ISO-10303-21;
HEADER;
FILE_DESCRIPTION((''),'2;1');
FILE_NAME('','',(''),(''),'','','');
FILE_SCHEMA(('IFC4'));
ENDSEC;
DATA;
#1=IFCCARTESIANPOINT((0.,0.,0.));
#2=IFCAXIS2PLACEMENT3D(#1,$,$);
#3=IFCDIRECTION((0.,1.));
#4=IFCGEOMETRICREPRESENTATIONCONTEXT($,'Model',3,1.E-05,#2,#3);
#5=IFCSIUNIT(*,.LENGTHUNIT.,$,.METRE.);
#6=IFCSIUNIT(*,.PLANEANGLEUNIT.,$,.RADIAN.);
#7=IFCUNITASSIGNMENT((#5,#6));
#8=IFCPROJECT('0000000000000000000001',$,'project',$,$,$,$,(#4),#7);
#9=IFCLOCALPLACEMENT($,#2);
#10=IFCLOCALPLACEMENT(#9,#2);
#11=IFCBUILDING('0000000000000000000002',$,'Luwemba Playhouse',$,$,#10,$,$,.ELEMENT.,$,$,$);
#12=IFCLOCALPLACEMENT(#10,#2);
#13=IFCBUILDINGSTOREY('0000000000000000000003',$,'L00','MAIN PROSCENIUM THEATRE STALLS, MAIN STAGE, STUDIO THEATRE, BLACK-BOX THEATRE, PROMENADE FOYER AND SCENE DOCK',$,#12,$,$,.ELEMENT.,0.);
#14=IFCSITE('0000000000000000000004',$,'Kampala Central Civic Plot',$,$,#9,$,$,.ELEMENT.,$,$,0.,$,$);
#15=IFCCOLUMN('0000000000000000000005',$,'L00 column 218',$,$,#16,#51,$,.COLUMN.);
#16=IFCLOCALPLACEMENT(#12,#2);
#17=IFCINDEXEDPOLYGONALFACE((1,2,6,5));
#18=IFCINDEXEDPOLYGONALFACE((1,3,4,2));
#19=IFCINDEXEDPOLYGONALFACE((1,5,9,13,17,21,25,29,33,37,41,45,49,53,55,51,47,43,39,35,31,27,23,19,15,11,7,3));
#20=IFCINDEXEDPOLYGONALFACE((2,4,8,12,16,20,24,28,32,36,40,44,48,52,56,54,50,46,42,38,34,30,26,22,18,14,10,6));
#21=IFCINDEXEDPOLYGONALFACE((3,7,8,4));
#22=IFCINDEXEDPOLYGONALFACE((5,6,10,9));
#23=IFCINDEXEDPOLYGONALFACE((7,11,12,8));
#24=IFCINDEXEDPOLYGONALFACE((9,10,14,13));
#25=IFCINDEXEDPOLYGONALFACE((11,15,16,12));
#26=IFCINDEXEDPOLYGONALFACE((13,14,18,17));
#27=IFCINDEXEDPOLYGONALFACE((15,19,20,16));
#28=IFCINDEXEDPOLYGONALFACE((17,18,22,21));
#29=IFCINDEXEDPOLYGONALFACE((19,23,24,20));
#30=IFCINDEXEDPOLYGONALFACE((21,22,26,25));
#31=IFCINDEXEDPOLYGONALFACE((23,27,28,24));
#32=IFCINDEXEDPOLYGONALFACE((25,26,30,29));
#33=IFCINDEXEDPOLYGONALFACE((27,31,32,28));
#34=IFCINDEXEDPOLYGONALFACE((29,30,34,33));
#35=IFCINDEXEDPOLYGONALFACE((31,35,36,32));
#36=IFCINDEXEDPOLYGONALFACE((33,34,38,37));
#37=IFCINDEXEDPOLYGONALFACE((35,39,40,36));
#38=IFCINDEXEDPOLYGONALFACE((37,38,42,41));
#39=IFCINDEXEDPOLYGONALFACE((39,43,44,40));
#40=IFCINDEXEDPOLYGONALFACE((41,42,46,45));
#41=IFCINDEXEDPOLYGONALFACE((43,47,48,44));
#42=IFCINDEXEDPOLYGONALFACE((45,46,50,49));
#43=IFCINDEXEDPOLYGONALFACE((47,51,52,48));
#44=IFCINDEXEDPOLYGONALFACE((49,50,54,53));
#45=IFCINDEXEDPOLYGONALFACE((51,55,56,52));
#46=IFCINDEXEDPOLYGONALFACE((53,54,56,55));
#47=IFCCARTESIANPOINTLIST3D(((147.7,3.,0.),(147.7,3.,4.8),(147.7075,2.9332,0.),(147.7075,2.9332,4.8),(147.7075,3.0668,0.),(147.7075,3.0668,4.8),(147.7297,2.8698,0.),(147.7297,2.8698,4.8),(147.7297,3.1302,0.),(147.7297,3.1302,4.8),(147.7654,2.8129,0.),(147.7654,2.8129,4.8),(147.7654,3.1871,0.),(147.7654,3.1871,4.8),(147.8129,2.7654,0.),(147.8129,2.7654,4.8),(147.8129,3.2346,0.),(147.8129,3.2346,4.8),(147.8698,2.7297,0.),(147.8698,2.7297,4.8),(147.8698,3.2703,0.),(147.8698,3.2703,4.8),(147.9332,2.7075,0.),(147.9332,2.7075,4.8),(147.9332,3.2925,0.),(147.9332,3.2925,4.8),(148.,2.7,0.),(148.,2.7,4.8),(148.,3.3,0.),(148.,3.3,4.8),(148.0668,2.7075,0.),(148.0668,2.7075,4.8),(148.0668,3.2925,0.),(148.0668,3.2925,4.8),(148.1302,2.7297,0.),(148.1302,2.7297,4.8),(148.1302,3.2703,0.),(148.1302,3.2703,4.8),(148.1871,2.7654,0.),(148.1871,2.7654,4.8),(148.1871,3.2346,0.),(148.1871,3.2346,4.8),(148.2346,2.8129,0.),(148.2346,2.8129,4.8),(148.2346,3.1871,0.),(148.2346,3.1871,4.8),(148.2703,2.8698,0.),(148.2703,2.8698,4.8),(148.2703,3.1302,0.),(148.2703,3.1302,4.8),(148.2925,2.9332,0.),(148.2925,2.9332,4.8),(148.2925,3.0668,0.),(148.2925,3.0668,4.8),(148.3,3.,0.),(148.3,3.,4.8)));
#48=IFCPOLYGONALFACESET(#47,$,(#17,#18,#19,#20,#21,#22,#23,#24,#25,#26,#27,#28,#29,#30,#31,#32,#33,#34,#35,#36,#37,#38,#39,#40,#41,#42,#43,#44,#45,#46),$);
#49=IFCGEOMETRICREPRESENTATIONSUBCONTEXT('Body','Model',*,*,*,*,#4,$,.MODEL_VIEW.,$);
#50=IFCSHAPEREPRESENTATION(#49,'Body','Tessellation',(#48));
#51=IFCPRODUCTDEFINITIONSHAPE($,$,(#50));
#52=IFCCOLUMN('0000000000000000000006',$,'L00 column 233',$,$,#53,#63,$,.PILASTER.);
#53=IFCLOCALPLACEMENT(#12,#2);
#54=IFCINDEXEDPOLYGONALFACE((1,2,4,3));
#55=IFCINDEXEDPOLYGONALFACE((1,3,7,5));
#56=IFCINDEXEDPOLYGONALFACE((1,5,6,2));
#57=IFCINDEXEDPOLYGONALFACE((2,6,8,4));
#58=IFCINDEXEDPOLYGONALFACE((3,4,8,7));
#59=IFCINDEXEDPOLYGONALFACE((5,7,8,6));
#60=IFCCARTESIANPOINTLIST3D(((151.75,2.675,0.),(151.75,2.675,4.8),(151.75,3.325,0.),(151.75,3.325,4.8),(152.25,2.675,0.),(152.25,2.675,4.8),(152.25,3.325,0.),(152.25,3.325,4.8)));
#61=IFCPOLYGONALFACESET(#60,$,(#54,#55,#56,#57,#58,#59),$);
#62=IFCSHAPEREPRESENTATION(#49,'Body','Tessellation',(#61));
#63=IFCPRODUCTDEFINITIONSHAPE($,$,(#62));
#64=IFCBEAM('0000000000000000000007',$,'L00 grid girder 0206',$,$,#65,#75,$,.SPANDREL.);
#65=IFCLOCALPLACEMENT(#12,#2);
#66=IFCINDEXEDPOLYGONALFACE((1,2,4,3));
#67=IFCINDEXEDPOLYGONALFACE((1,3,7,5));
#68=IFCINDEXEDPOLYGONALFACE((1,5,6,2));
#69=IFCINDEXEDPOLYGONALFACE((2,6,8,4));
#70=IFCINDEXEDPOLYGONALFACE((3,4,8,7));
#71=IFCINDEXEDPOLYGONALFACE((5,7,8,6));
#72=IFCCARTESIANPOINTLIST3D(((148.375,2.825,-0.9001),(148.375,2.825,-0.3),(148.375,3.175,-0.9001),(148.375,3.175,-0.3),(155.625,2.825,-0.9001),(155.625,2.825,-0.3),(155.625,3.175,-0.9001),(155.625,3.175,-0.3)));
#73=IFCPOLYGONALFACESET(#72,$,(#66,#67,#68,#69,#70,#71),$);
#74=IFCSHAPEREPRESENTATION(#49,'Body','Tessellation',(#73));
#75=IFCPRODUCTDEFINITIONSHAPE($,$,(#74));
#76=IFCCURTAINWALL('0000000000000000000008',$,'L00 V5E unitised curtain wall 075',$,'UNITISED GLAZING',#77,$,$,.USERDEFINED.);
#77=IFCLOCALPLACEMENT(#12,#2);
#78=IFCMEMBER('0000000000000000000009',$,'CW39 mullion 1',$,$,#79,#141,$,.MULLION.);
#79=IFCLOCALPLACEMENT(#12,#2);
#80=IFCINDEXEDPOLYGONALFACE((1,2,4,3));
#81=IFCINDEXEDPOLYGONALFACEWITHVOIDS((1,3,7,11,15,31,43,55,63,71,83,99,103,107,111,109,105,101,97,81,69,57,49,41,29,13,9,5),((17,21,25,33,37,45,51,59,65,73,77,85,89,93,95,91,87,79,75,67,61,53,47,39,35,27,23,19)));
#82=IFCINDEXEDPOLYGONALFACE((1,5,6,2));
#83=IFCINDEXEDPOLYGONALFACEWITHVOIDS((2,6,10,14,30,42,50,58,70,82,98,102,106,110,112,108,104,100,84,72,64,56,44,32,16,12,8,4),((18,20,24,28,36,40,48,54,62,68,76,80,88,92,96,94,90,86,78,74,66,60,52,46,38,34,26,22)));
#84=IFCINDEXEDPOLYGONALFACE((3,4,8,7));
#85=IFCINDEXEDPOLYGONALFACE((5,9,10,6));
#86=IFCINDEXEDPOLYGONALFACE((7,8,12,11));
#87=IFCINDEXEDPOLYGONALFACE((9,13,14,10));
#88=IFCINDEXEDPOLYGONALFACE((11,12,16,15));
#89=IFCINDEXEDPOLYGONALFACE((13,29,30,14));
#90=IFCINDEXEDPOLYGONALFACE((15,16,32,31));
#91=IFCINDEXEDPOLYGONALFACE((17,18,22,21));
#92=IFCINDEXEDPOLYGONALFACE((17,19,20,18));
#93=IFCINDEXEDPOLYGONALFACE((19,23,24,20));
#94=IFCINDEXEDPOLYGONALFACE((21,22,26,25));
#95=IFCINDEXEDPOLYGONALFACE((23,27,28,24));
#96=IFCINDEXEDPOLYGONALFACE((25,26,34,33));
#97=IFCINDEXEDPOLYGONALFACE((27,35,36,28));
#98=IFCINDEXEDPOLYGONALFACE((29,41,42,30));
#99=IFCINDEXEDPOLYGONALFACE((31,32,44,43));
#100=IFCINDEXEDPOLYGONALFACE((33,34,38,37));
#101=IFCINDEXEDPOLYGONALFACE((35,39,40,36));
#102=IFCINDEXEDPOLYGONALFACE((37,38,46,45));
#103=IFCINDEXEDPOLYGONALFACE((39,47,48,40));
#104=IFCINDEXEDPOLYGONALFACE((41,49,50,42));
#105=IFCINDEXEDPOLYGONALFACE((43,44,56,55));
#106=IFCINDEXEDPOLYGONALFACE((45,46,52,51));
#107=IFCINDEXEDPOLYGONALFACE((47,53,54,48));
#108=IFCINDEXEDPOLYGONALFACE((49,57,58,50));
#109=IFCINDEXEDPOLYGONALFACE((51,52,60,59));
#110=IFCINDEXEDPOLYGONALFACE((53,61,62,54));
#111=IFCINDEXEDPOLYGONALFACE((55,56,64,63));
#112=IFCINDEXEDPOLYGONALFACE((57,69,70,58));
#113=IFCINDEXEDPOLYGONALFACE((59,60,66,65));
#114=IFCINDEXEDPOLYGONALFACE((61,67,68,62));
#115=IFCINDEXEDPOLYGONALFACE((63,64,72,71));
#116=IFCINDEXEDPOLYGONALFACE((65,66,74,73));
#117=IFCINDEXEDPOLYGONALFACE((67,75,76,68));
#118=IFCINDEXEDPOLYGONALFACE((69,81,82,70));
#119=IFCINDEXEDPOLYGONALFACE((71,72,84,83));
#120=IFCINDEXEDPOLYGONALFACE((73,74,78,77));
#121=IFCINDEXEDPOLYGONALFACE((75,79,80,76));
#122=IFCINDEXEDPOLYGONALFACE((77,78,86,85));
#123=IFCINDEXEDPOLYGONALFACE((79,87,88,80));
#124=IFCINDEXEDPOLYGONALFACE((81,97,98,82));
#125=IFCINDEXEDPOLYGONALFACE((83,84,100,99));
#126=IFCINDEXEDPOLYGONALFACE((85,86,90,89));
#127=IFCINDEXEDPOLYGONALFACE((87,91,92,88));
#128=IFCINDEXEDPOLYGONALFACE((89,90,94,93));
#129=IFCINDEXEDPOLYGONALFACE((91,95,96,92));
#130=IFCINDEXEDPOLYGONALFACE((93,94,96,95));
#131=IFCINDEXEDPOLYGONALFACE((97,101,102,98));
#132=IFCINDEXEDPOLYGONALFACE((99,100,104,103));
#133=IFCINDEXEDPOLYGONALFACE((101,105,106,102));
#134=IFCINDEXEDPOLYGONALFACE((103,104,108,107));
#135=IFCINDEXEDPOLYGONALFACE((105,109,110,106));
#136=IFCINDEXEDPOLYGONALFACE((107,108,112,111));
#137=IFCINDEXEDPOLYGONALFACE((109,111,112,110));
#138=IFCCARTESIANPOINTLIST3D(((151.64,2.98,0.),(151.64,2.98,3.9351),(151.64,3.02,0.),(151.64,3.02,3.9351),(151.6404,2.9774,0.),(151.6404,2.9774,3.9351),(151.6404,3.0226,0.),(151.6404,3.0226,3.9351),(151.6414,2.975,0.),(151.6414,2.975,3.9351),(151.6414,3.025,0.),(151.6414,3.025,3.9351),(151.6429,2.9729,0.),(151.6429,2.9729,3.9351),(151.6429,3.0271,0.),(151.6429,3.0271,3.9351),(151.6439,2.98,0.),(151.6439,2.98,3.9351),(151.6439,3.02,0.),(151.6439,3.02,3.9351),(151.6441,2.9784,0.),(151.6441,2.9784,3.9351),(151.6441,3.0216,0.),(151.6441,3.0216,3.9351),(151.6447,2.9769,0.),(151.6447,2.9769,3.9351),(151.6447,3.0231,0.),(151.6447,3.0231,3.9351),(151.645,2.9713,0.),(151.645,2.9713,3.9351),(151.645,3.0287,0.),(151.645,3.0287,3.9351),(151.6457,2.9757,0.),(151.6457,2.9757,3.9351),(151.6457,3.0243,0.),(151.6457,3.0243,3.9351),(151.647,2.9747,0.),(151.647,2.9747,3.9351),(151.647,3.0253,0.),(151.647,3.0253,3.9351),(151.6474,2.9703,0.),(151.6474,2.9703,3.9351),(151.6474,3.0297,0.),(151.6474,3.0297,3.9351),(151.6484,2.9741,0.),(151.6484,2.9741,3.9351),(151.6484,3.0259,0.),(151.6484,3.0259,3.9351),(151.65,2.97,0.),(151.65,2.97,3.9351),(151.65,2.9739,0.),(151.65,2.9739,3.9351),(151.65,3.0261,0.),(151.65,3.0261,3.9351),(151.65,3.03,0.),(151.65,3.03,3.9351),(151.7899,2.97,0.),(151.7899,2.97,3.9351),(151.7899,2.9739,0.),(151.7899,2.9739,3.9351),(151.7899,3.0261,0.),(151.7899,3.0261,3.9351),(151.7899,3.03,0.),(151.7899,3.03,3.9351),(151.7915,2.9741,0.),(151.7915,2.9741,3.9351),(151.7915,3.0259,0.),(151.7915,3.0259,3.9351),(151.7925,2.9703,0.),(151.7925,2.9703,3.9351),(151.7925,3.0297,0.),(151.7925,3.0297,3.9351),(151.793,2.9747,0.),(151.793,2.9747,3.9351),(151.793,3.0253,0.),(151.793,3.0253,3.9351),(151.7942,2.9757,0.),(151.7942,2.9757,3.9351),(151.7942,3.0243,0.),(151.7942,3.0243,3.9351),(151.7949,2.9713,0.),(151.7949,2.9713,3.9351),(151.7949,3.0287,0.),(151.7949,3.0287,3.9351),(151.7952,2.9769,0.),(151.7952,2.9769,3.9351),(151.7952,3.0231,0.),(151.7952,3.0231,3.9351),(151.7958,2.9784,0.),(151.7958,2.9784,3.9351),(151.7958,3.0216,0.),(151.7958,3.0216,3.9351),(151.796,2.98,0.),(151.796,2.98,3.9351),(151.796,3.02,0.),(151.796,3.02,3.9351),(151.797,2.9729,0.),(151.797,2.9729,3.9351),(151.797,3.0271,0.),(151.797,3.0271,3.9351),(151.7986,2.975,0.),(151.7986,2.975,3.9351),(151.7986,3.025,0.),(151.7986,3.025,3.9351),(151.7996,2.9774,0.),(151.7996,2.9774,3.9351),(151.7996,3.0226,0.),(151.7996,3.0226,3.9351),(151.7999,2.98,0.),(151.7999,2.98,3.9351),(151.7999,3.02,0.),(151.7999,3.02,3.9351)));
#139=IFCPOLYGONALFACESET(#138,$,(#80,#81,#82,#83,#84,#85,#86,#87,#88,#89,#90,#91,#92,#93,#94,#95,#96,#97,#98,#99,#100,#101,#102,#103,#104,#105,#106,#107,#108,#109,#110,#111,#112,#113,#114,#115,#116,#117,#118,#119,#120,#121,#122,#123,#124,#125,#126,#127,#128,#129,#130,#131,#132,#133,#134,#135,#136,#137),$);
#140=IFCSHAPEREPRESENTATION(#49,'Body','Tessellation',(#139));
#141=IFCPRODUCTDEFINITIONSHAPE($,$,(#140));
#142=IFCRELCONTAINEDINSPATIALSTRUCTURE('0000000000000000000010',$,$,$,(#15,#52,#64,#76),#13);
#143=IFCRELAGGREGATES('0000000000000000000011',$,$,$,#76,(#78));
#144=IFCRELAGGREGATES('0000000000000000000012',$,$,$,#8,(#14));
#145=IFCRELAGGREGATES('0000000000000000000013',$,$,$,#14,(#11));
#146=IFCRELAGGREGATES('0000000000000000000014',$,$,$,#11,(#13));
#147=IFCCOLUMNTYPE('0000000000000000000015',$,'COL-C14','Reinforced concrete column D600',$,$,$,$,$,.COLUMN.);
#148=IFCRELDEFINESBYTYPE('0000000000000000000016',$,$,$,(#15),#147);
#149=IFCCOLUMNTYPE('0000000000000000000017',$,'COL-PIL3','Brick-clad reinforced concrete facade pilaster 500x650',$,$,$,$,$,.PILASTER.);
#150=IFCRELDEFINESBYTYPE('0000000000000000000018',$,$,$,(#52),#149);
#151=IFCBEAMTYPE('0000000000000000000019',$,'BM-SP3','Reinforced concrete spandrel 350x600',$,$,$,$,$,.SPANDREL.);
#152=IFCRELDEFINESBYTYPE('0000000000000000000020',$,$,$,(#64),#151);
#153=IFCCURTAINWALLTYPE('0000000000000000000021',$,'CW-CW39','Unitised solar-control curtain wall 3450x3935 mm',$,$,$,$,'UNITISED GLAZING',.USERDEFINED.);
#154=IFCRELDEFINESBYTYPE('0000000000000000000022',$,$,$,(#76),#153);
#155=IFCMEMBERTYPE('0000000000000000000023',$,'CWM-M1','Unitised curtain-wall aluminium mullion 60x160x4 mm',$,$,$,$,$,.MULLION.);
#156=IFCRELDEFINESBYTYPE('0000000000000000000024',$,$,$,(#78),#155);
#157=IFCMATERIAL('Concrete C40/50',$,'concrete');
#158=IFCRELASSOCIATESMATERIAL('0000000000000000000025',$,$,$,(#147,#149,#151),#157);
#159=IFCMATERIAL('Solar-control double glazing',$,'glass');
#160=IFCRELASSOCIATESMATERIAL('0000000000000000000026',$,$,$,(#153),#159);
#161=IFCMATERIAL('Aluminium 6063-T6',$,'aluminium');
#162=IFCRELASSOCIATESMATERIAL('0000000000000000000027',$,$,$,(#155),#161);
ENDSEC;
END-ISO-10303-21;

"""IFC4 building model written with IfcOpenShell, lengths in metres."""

from ifc_helpers import new_model, si_unit, direction, frame, origin, origin_2d, place, context, subcontext, project, spatial, rectangle, hollow_rectangle, circle, extrude, material, material_profile, profile_set, type_object, element, aggregate, save


model = new_model("IFC4")

# Units and contexts
model_context = context("Model", 3, precision=1e-05, world=origin(), true_north=direction((0.0, 1.0)))
body_context = subcontext(model_context, "Body", "Model", "MODEL_VIEW")
ifc_project = project(units=[si_unit("LENGTHUNIT", "METRE"), si_unit("PLANEANGLEUNIT", "RADIAN")], contexts=[model_context])

# Site, building, storey
site_placement = place(None, origin())
site = spatial("IfcSite", under=ifc_project, at=site_placement, Name="Kampala Central Civic Plot", CompositionType="ELEMENT", RefElevation=0.0)
building_placement = place(site_placement, origin())
building = spatial("IfcBuilding", under=site, at=building_placement, Name="Luwemba Playhouse", CompositionType="ELEMENT")
storey_placement = place(building_placement, origin())
storey = spatial("IfcBuildingStorey", under=building, at=storey_placement, Name="L00", Description="MAIN PROSCENIUM THEATRE STALLS, MAIN STAGE, STUDIO THEATRE, BLACK-BOX THEATRE, PROMENADE FOYER AND SCENE DOCK", CompositionType="ELEMENT", Elevation=0.0)

# Columns
ifc_material_1 = material(Name="Concrete C40/50", Category="concrete")
ifc_material_profile_1 = material_profile(ifc_material_1, circle(Radius=0.3, at=origin_2d()))
ifc_profile_set_1 = profile_set([ifc_material_profile_1], Name="Concrete C40/50")
column_type_1 = type_object("IfcColumnType", Name="COL-C14", Description="Reinforced concrete column D600", PredefinedType="COLUMN", material=ifc_profile_set_1)
column_1_placement = place(storey_placement, frame((148.0, 3.0, 0.0), z_axis=(0.0, 0.0, 1.0), x_axis=(1.0, 0.0, 0.0)))
element("IfcColumn", 1, at=column_1_placement, inside=storey, type_object=column_type_1, Name="L00 column 218", PredefinedType="COLUMN", context=body_context, shape_type="SweptSolid", body=[
    extrude(circle(Radius=0.3, at=origin_2d()), origin(), (0.0, 0.0, 1.0), 4.8),
])
ifc_material_profile_2 = material_profile(ifc_material_1, rectangle(XDim=0.5, YDim=0.6499, at=origin_2d()))
ifc_profile_set_2 = profile_set([ifc_material_profile_2], Name="Concrete C40/50")
column_type_2 = type_object("IfcColumnType", Name="COL-PIL3", Description="Brick-clad reinforced concrete facade pilaster 500x650", PredefinedType="PILASTER", material=ifc_profile_set_2)
column_2_placement = place(storey_placement, frame((152.0, 3.0, 0.0), z_axis=(0.0, 0.0, 1.0), x_axis=(1.0, 0.0, 0.0)))
element("IfcColumn", 2, at=column_2_placement, inside=storey, type_object=column_type_2, Name="L00 column 233", PredefinedType="PILASTER", context=body_context, shape_type="SweptSolid", body=[
    extrude(rectangle(XDim=0.5, YDim=0.6499, at=origin_2d()), origin(), (0.0, 0.0, 1.0), 4.8),
])

# Beam
ifc_material_profile_3 = material_profile(ifc_material_1, rectangle(XDim=0.3501, YDim=0.6001, at=origin_2d()))
ifc_profile_set_3 = profile_set([ifc_material_profile_3], Name="Concrete C40/50")
beam_type = type_object("IfcBeamType", Name="BM-SP3", Description="Reinforced concrete spandrel 350x600", PredefinedType="SPANDREL", material=ifc_profile_set_3)
beam_placement = place(storey_placement, frame((148.375, 3.0, -0.6001), z_axis=(1.0, 0.0, 0.0), x_axis=(0.0, 1.0, 0.0)))
element("IfcBeam", 3, at=beam_placement, inside=storey, type_object=beam_type, Name="L00 grid girder 0206", PredefinedType="SPANDREL", context=body_context, shape_type="SweptSolid", body=[
    extrude(rectangle(XDim=0.3501, YDim=0.6001, at=origin_2d()), origin(), (0.0, 0.0, 1.0), 7.25),
])

# Curtain wall, member
ifc_material_2 = material(Name="Solar-control double glazing", Category="glass")
curtain_wall_type_1 = type_object("IfcCurtainWallType", Name="CW-CW39", Description="Unitised solar-control curtain wall 3450x3935 mm", ElementType="UNITISED GLAZING", PredefinedType="USERDEFINED", material=ifc_material_2)
curtain_wall_1_placement = place(storey_placement, origin())
curtain_wall_1 = element("IfcCurtainWall", 4, at=curtain_wall_1_placement, inside=storey, type_object=curtain_wall_type_1, Name="L00 V5E unitised curtain wall 075", ObjectType="UNITISED GLAZING", PredefinedType="USERDEFINED")
ifc_material_3 = material(Name="Aluminium 6063-T6", Category="aluminium")
ifc_material_profile_4 = material_profile(ifc_material_3, hollow_rectangle(XDim=0.0601, YDim=0.1599, WallThickness=0.0039, InnerFilletRadius=0.0061, OuterFilletRadius=0.01, at=origin_2d()))
ifc_profile_set_4 = profile_set([ifc_material_profile_4], Name="Aluminium 6063-T6")
member_type_1 = type_object("IfcMemberType", Name="CWM-M1", Description="Unitised curtain-wall aluminium mullion 60x160x4 mm", PredefinedType="MULLION", material=ifc_profile_set_4)
member_1_placement = place(storey_placement, frame((151.72, 3.0, 0.0), z_axis=(0.0, 0.0, 1.0), x_axis=(0.0, -1.0, 0.0)))
member_1 = element("IfcMember", 5, at=member_1_placement, type_object=member_type_1, Name="CW39 mullion 1", PredefinedType="MULLION", context=body_context, shape_type="SweptSolid", body=[
    extrude(hollow_rectangle(XDim=0.0601, YDim=0.1599, WallThickness=0.0039, InnerFilletRadius=0.0061, OuterFilletRadius=0.01, at=origin_2d()), origin(), (0.0, 0.0, 1.0), 3.9351),
])

aggregate(curtain_wall_1, [member_1])

save(model, "model.ifc")
